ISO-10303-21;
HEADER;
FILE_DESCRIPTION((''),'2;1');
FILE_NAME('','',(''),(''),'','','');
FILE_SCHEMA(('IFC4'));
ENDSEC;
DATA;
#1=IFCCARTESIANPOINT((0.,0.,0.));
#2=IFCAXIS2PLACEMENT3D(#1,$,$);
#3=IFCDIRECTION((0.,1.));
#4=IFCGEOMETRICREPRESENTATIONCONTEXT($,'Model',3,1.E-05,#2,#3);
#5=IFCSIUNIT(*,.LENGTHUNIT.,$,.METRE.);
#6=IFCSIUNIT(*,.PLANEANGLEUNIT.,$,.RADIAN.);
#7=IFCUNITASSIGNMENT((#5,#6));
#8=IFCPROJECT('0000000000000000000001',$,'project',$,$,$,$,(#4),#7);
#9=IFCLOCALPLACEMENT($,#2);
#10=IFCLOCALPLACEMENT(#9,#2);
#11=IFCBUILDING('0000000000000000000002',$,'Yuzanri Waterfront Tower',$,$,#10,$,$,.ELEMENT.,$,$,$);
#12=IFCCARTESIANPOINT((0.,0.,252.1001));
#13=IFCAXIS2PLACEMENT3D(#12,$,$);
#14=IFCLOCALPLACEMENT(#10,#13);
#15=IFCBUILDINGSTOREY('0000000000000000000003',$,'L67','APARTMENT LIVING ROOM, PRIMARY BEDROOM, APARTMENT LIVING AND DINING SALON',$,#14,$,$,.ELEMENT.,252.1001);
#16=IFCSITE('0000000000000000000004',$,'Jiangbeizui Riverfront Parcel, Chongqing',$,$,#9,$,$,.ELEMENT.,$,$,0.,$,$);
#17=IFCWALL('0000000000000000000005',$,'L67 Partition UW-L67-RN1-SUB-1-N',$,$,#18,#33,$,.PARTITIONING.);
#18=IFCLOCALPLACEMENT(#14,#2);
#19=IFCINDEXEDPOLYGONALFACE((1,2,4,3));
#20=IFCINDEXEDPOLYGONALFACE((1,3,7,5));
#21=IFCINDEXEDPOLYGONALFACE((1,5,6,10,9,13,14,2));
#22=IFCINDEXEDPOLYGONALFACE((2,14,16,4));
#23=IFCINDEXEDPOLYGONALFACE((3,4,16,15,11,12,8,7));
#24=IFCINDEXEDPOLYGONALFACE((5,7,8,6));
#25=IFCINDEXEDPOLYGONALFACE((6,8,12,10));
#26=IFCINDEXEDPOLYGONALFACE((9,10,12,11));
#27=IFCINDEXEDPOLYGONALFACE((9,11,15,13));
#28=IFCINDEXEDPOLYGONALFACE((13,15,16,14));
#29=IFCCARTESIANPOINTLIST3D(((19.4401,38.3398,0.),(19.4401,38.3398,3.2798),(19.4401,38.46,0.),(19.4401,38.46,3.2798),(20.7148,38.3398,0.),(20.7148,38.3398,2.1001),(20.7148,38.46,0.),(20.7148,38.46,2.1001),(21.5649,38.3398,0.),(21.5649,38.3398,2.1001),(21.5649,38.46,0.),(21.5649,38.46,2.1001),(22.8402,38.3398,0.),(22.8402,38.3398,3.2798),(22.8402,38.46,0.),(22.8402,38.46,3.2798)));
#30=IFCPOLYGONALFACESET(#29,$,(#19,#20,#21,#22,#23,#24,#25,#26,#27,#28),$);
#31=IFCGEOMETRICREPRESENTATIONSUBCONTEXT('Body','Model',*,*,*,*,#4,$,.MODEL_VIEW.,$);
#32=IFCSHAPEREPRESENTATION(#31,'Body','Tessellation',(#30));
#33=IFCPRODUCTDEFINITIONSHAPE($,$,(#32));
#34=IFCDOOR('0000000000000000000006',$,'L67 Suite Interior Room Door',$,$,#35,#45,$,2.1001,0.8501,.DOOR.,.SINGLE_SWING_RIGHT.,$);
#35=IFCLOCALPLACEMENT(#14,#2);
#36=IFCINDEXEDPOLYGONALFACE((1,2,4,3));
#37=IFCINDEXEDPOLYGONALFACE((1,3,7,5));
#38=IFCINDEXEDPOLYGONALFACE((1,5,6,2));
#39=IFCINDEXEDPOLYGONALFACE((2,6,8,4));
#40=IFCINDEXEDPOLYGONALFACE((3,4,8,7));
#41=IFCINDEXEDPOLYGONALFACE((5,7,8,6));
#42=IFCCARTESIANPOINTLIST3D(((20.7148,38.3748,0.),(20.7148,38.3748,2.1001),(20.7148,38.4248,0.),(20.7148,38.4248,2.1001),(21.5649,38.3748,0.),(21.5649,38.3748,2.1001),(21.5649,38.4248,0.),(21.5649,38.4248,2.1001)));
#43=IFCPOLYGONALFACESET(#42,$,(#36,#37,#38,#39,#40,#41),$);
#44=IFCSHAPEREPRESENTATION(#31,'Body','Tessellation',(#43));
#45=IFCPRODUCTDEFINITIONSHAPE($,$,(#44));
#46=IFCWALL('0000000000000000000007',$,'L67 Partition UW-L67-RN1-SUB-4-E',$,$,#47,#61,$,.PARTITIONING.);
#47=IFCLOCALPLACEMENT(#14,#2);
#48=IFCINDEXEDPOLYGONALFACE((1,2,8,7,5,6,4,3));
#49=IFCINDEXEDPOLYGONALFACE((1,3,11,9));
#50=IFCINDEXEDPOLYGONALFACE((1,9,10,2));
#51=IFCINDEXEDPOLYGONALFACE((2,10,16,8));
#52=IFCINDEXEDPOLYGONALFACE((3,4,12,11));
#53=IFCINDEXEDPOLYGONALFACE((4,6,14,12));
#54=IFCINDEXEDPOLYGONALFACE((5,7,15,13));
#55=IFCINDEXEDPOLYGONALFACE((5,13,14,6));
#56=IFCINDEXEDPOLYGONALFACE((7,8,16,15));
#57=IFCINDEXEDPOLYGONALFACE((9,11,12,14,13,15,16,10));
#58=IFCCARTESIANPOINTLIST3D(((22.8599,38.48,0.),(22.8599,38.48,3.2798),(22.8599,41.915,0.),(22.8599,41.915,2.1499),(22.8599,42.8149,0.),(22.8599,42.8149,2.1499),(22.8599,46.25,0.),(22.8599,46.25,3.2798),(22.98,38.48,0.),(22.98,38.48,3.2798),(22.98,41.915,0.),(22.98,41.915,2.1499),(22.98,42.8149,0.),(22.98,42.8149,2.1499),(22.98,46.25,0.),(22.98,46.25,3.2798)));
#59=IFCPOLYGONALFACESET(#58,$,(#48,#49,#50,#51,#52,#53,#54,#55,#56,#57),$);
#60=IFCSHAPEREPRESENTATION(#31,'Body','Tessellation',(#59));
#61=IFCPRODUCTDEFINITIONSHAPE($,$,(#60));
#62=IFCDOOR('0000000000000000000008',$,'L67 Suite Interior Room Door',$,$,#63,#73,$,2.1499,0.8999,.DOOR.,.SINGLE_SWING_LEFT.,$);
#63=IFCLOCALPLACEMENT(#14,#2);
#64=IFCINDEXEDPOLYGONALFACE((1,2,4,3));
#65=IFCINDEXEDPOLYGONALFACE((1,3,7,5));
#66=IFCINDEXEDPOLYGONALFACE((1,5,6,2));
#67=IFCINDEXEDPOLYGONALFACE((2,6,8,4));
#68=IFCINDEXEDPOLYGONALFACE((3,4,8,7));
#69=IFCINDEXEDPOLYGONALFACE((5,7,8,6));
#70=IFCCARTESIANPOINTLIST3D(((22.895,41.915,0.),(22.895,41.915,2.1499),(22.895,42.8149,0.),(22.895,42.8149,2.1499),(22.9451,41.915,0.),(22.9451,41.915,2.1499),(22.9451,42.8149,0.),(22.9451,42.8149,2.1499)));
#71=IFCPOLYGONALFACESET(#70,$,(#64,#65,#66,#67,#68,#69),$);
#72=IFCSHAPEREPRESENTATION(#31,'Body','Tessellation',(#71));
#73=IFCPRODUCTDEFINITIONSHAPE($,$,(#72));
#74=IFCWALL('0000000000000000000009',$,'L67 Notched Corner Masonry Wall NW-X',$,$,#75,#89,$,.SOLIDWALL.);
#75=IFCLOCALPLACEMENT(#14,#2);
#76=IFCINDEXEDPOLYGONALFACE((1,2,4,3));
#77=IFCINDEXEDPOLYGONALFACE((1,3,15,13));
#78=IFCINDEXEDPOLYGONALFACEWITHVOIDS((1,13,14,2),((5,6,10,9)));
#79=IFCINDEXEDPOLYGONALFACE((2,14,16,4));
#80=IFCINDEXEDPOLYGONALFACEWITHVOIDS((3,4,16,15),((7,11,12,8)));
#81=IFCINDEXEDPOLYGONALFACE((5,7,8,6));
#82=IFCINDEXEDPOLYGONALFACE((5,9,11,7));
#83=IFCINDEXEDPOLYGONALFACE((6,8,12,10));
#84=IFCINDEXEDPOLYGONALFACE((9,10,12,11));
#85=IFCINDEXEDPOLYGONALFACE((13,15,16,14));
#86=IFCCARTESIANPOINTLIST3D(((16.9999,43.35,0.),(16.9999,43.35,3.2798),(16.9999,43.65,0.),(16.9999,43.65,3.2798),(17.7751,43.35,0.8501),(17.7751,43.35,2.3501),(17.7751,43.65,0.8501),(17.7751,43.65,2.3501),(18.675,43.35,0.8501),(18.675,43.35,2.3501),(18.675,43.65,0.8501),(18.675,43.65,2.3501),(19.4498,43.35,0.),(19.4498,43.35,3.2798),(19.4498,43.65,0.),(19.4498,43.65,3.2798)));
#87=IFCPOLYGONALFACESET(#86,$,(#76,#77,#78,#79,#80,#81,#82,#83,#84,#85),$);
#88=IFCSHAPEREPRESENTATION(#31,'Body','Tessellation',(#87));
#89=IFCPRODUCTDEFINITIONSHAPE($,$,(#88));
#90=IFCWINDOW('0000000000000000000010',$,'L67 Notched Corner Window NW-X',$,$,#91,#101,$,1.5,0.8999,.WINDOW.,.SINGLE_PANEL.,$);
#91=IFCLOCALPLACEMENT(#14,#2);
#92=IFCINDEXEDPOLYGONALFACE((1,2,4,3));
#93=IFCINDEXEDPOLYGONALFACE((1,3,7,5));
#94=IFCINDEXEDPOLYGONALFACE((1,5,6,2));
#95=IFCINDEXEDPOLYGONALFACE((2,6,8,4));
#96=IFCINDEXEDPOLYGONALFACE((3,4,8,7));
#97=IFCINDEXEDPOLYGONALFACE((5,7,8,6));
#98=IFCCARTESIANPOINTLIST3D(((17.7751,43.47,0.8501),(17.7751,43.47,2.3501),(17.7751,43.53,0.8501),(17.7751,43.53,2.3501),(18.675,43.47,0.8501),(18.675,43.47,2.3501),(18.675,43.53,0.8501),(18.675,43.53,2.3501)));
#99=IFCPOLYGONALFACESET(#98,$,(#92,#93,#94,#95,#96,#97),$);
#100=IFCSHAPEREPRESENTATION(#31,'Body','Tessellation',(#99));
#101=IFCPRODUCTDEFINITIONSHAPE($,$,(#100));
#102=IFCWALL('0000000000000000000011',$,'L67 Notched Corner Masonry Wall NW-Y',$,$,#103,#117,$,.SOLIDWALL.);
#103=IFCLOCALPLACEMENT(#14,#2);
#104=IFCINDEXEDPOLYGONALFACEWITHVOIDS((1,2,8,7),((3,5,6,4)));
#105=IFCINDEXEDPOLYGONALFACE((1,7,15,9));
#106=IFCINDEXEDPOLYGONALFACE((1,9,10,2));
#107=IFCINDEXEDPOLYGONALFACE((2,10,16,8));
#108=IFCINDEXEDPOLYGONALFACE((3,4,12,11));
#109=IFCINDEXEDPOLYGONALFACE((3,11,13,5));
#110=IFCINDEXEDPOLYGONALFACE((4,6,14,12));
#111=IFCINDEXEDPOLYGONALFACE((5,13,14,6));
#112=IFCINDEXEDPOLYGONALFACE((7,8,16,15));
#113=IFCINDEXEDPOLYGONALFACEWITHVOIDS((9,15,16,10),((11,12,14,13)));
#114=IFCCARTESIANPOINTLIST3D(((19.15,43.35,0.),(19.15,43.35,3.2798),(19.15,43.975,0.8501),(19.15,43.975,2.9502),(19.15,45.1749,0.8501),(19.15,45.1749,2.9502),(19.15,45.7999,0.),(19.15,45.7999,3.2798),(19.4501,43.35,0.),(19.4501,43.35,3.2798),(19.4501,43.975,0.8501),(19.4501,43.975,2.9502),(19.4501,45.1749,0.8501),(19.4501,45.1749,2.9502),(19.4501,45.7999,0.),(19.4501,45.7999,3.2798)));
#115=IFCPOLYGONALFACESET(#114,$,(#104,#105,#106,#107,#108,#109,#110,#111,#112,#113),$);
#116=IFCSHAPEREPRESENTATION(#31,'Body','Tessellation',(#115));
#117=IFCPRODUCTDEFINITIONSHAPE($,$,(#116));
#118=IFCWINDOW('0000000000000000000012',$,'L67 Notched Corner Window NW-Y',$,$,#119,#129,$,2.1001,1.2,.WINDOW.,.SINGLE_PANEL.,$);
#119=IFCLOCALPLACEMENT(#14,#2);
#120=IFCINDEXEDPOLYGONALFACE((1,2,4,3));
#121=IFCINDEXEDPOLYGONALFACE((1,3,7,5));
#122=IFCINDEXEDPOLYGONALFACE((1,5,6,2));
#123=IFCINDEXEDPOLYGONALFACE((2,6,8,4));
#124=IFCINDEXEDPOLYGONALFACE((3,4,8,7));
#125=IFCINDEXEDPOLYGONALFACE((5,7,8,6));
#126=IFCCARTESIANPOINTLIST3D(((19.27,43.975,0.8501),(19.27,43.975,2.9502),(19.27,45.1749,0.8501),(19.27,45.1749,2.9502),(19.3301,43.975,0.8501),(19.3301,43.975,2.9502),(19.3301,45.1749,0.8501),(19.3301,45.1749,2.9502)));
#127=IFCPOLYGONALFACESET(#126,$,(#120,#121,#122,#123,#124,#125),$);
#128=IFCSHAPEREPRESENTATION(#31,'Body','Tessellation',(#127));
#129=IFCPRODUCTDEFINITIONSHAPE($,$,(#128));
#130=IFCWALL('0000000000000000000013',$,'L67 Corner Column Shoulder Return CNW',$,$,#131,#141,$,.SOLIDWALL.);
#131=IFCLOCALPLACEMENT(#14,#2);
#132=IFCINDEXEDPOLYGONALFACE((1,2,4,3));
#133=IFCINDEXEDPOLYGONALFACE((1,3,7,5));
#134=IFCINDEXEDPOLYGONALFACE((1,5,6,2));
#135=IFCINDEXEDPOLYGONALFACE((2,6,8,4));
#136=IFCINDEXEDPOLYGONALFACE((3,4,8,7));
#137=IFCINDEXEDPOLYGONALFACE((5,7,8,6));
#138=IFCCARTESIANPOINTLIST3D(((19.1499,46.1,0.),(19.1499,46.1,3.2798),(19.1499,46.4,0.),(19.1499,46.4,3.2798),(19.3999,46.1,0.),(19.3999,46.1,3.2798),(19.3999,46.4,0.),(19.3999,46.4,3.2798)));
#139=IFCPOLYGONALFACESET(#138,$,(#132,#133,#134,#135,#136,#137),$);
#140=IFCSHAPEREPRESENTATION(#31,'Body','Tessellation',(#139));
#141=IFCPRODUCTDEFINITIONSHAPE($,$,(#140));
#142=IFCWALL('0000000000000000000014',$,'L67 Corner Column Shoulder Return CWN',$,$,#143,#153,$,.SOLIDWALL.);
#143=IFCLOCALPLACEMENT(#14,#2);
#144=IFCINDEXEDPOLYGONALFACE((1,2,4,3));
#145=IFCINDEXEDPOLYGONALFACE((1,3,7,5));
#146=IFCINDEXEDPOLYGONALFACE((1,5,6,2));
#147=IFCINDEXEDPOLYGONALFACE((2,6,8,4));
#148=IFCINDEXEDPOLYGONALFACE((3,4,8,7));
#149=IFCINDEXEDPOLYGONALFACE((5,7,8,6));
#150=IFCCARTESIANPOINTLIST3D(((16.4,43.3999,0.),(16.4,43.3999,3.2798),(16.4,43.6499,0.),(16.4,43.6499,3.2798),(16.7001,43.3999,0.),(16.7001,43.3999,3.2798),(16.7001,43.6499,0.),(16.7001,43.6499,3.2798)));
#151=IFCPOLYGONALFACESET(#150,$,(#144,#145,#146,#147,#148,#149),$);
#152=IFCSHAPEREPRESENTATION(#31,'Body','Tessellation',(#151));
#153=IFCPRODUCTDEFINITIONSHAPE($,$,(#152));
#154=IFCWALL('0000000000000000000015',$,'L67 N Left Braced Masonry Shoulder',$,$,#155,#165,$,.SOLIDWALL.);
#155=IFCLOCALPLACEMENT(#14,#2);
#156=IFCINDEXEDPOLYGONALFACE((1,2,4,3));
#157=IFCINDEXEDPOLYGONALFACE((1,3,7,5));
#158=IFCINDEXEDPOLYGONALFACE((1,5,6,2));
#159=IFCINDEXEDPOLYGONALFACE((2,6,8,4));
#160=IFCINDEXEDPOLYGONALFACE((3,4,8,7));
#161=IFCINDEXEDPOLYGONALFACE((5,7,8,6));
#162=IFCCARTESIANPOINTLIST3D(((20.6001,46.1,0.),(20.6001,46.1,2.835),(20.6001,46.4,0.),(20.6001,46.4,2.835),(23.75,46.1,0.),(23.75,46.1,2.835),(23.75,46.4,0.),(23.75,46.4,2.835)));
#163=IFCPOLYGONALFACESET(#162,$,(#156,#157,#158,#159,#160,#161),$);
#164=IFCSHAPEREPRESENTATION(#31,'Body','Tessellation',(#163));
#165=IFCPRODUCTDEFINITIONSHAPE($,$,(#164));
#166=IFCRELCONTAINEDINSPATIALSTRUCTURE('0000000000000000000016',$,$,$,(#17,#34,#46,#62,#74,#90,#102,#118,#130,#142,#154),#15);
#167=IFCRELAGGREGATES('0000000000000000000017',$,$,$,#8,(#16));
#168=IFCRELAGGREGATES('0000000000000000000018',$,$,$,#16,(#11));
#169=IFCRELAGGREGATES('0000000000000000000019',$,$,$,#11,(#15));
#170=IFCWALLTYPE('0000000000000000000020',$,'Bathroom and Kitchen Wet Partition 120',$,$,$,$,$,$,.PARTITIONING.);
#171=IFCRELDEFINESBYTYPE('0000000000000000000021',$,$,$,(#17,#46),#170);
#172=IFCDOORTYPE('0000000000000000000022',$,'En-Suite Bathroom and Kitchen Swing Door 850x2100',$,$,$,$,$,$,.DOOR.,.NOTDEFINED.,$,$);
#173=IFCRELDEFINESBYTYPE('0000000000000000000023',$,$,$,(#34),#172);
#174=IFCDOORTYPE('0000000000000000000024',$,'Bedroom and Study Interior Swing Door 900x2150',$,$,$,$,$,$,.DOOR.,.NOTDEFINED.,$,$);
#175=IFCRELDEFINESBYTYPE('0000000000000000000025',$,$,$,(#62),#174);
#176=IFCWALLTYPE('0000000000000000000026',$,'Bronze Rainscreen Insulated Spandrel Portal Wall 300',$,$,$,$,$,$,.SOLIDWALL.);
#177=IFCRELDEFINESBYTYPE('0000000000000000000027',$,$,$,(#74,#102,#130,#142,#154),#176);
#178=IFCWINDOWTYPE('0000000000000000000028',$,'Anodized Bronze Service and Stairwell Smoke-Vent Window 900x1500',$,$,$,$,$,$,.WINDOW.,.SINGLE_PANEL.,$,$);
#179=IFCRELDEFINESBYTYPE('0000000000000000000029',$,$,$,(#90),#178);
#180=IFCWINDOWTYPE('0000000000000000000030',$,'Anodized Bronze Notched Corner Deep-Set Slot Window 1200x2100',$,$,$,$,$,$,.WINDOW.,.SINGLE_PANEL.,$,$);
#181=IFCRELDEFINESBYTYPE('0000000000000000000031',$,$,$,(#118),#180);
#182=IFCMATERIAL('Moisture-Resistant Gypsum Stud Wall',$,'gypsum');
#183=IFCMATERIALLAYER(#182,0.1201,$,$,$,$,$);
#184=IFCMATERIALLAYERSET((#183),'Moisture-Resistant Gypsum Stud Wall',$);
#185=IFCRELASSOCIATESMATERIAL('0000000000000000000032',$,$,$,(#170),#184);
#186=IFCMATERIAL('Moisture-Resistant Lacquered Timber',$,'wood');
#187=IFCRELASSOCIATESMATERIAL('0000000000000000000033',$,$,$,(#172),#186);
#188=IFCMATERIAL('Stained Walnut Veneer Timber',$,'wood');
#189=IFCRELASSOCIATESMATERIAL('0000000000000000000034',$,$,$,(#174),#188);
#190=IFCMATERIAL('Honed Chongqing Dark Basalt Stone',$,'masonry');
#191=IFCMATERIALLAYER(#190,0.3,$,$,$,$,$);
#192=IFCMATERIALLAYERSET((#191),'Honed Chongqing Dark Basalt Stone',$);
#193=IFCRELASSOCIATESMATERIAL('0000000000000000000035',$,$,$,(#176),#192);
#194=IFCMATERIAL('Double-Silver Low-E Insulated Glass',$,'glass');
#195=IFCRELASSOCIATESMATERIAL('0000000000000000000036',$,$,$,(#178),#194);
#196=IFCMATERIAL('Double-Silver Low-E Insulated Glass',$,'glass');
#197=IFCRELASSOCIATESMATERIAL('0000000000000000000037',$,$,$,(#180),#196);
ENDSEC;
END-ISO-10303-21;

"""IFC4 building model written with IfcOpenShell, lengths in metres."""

from ifc_helpers import new_model, si_unit, direction, frame, frame_2d, origin, place, context, subcontext, project, spatial, rectangle, extrude, source, transform, mapped, material, layer, layer_set, type_object, element, fill, save


model = new_model("IFC4")

# Units and contexts
model_context = context("Model", 3, precision=1e-05, world=origin(), true_north=direction((0.0, 1.0)))
body_context = subcontext(model_context, "Body", "Model", "MODEL_VIEW")
ifc_project = project(units=[si_unit("LENGTHUNIT", "METRE"), si_unit("PLANEANGLEUNIT", "RADIAN")], contexts=[model_context])

# Site, building, storey
site_placement = place(None, origin())
site = spatial("IfcSite", under=ifc_project, at=site_placement, Name="Jiangbeizui Riverfront Parcel, Chongqing", CompositionType="ELEMENT", RefElevation=0.0)
building_placement = place(site_placement, origin())
building = spatial("IfcBuilding", under=site, at=building_placement, Name="Yuzanri Waterfront Tower", CompositionType="ELEMENT")
storey_placement = place(building_placement, frame((0.0, 0.0, 252.1001)))
storey = spatial("IfcBuildingStorey", under=building, at=storey_placement, Name="L67", Description="APARTMENT LIVING ROOM, PRIMARY BEDROOM, APARTMENT LIVING AND DINING SALON", CompositionType="ELEMENT", Elevation=252.1001)

# Walls, openings, doors
ifc_material_1 = material(Name="Moisture-Resistant Gypsum Stud Wall", Category="gypsum")
ifc_layer_1 = layer(ifc_material_1, 0.1201)
ifc_layer_set_1 = layer_set([ifc_layer_1], Name="Moisture-Resistant Gypsum Stud Wall")
wall_type_1 = type_object("IfcWallType", Name="Bathroom and Kitchen Wet Partition 120", PredefinedType="PARTITIONING", material=ifc_layer_set_1)
wall_1_placement = place(storey_placement, frame((19.4399, 38.3999, 0.0), z_axis=(0.0, 0.0, 1.0), x_axis=(1.0, 0.0, 0.0)))
wall_1 = element("IfcWall", 1, at=wall_1_placement, inside=storey, type_object=wall_type_1, Name="L67 Partition UW-L67-RN1-SUB-1-N", PredefinedType="PARTITIONING", context=body_context, shape_type="SweptSolid", body=[
    extrude(rectangle(XDim=3.4001, YDim=0.1201, at=frame_2d((1.7002, 0.0))), origin(), (0.0, 0.0, 1.0), 3.2798),
])
opening_1_placement = place(wall_1_placement, frame((1.2749, 0.0, 0.0)))
opening_1 = element("IfcOpeningElement", 2, at=opening_1_placement, cuts=wall_1, PredefinedType="OPENING", context=body_context, shape_type="SweptSolid", body=[
    extrude(rectangle(XDim=0.8501, YDim=2.1001, at=frame_2d((0.425, 1.05))), frame((0.0, 0.075, 0.0), z_axis=(0.0, -1.0, 0.0), x_axis=(1.0, 0.0, 0.0)), (0.0, 0.0, 1.0), 0.1499),
])
ifc_material_2 = material(Name="Moisture-Resistant Lacquered Timber", Category="wood")
door_type_1 = type_object("IfcDoorType", Name="En-Suite Bathroom and Kitchen Swing Door 850x2100", OperationType="NOTDEFINED", PredefinedType="DOOR", material=ifc_material_2)
shared_shape_1 = source(origin(), body_context, "Body", "SweptSolid", [
    extrude(rectangle(XDim=0.8501, YDim=2.1001, at=frame_2d((0.425, 1.05))), frame((0.0, 0.0249, 0.0), z_axis=(0.0, -1.0, 0.0), x_axis=(1.0, 0.0, 0.0)), (0.0, 0.0, 1.0), 0.05),
])
door_1_placement = place(opening_1_placement, origin())
door_1 = element("IfcDoor", 3, at=door_1_placement, inside=storey, type_object=door_type_1, Name="L67 Suite Interior Room Door", OperationType="SINGLE_SWING_RIGHT", OverallHeight=2.1001, OverallWidth=0.8501, PredefinedType="DOOR", context=body_context, shape_type="MappedRepresentation", body=[
    mapped(shared_shape_1, transform((0.0, 0.0, 0.0), scale=1.0)),
])
fill(opening_1, door_1)
wall_2_placement = place(storey_placement, frame((22.9199, 38.48, 0.0), z_axis=(0.0, 0.0, 1.0), x_axis=(0.0, 1.0, 0.0)))
wall_2 = element("IfcWall", 4, at=wall_2_placement, inside=storey, type_object=wall_type_1, Name="L67 Partition UW-L67-RN1-SUB-4-E", PredefinedType="PARTITIONING", context=body_context, shape_type="SweptSolid", body=[
    extrude(rectangle(XDim=7.77, YDim=0.1201, at=frame_2d((3.885, 0.0))), origin(), (0.0, 0.0, 1.0), 3.2798),
])
opening_2_placement = place(wall_2_placement, frame((3.4351, 0.0, 0.0)))
opening_2 = element("IfcOpeningElement", 5, at=opening_2_placement, cuts=wall_2, PredefinedType="OPENING", context=body_context, shape_type="SweptSolid", body=[
    extrude(rectangle(XDim=0.8999, YDim=2.1499, at=frame_2d((0.45, 1.075))), frame((0.0, 0.075, 0.0), z_axis=(0.0, -1.0, 0.0), x_axis=(1.0, 0.0, 0.0)), (0.0, 0.0, 1.0), 0.1499),
])
ifc_material_3 = material(Name="Stained Walnut Veneer Timber", Category="wood")
door_type_2 = type_object("IfcDoorType", Name="Bedroom and Study Interior Swing Door 900x2150", OperationType="NOTDEFINED", PredefinedType="DOOR", material=ifc_material_3)
shared_shape_2 = source(origin(), body_context, "Body", "SweptSolid", [
    extrude(rectangle(XDim=0.8999, YDim=2.1499, at=frame_2d((0.45, 1.075))), frame((0.0, 0.0249, 0.0), z_axis=(0.0, -1.0, 0.0), x_axis=(1.0, 0.0, 0.0)), (0.0, 0.0, 1.0), 0.05),
])
door_2_placement = place(opening_2_placement, origin())
door_2 = element("IfcDoor", 6, at=door_2_placement, inside=storey, type_object=door_type_2, Name="L67 Suite Interior Room Door", OperationType="SINGLE_SWING_LEFT", OverallHeight=2.1499, OverallWidth=0.8999, PredefinedType="DOOR", context=body_context, shape_type="MappedRepresentation", body=[
    mapped(shared_shape_2, transform((0.0, 0.0, 0.0), scale=1.0)),
])
fill(opening_2, door_2)

# Walls, openings, windows
ifc_material_4 = material(Name="Honed Chongqing Dark Basalt Stone", Category="masonry")
ifc_layer_2 = layer(ifc_material_4, 0.3)
ifc_layer_set_2 = layer_set([ifc_layer_2], Name="Honed Chongqing Dark Basalt Stone")
wall_type_2 = type_object("IfcWallType", Name="Bronze Rainscreen Insulated Spandrel Portal Wall 300", PredefinedType="SOLIDWALL", material=ifc_layer_set_2)
wall_3_placement = place(storey_placement, frame((19.45, 43.5, 0.0), z_axis=(0.0, 0.0, 1.0), x_axis=(-1.0, 0.0, 0.0)))
wall_3 = element("IfcWall", 7, at=wall_3_placement, inside=storey, type_object=wall_type_2, Name="L67 Notched Corner Masonry Wall NW-X", PredefinedType="SOLIDWALL", context=body_context, shape_type="SweptSolid", body=[
    extrude(rectangle(XDim=2.45, YDim=0.3, at=frame_2d((1.2251, 0.0))), origin(), (0.0, 0.0, 1.0), 3.2798),
])
opening_3_placement = place(wall_3_placement, frame((0.7749, 0.0, 0.8501)))
opening_3 = element("IfcOpeningElement", 8, at=opening_3_placement, cuts=wall_3, PredefinedType="OPENING", context=body_context, shape_type="SweptSolid", body=[
    extrude(rectangle(XDim=0.8999, YDim=1.5, at=frame_2d((0.45, 0.75))), frame((0.0, 0.165, 0.0), z_axis=(0.0, -1.0, 0.0), x_axis=(1.0, 0.0, 0.0)), (0.0, 0.0, 1.0), 0.3298),
])
ifc_material_5 = material(Name="Double-Silver Low-E Insulated Glass", Category="glass")
window_type_1 = type_object("IfcWindowType", Name="Anodized Bronze Service and Stairwell Smoke-Vent Window 900x1500", PartitioningType="SINGLE_PANEL", PredefinedType="WINDOW", material=ifc_material_5)
shared_shape_3 = source(origin(), body_context, "Body", "SweptSolid", [
    extrude(rectangle(XDim=0.8999, YDim=1.5, at=frame_2d((0.45, 0.75))), frame((0.0, 0.03, 0.0), z_axis=(0.0, -1.0, 0.0), x_axis=(1.0, 0.0, 0.0)), (0.0, 0.0, 1.0), 0.0601),
])
window_1_placement = place(opening_3_placement, origin())
window_1 = element("IfcWindow", 9, at=window_1_placement, inside=storey, type_object=window_type_1, Name="L67 Notched Corner Window NW-X", OverallHeight=1.5, OverallWidth=0.8999, PartitioningType="SINGLE_PANEL", PredefinedType="WINDOW", context=body_context, shape_type="MappedRepresentation", body=[
    mapped(shared_shape_3, transform((0.0, 0.0, 0.0), scale=1.0)),
])
fill(opening_3, window_1)
wall_4_placement = place(storey_placement, frame((19.3, 45.8, 0.0), z_axis=(0.0, 0.0, 1.0), x_axis=(0.0, -1.0, 0.0)))
wall_4 = element("IfcWall", 10, at=wall_4_placement, inside=storey, type_object=wall_type_2, Name="L67 Notched Corner Masonry Wall NW-Y", PredefinedType="SOLIDWALL", context=body_context, shape_type="SweptSolid", body=[
    extrude(rectangle(XDim=2.45, YDim=0.3, at=frame_2d((1.2251, 0.0))), origin(), (0.0, 0.0, 1.0), 3.2798),
])
opening_4_placement = place(wall_4_placement, frame((0.625, 0.0, 0.8501)))
opening_4 = element("IfcOpeningElement", 11, at=opening_4_placement, cuts=wall_4, PredefinedType="OPENING", context=body_context, shape_type="SweptSolid", body=[
    extrude(rectangle(XDim=1.2, YDim=2.1001, at=frame_2d((0.6001, 1.05))), frame((0.0, 0.165, 0.0), z_axis=(0.0, -1.0, 0.0), x_axis=(1.0, 0.0, 0.0)), (0.0, 0.0, 1.0), 0.3298),
])
ifc_material_6 = material(Name="Double-Silver Low-E Insulated Glass", Category="glass")
window_type_2 = type_object("IfcWindowType", Name="Anodized Bronze Notched Corner Deep-Set Slot Window 1200x2100", PartitioningType="SINGLE_PANEL", PredefinedType="WINDOW", material=ifc_material_6)
shared_shape_4 = source(origin(), body_context, "Body", "SweptSolid", [
    extrude(rectangle(XDim=1.2, YDim=2.1001, at=frame_2d((0.6001, 1.05))), frame((0.0, 0.03, 0.0), z_axis=(0.0, -1.0, 0.0), x_axis=(1.0, 0.0, 0.0)), (0.0, 0.0, 1.0), 0.0601),
])
window_2_placement = place(opening_4_placement, origin())
window_2 = element("IfcWindow", 12, at=window_2_placement, inside=storey, type_object=window_type_2, Name="L67 Notched Corner Window NW-Y", OverallHeight=2.1001, OverallWidth=1.2, PartitioningType="SINGLE_PANEL", PredefinedType="WINDOW", context=body_context, shape_type="MappedRepresentation", body=[
    mapped(shared_shape_4, transform((0.0, 0.0, 0.0), scale=1.0)),
])
fill(opening_4, window_2)

# Walls
shared_shape_5 = source(origin(), body_context, "Body", "SweptSolid", [
    extrude(rectangle(XDim=0.25, YDim=0.3, at=frame_2d((0.125, 0.0))), origin(), (0.0, 0.0, 1.0), 3.2798),
])
for number, where, z_axis, x_axis, name in (
    (13, (19.1499, 46.25, 0.0), (0.0, 0.0, 1.0), (1.0, 0.0, 0.0), "L67 Corner Column Shoulder Return CNW"),
    (14, (16.55, 43.3999, 0.0), (0.0, 0.0, 1.0), (0.0, 1.0, 0.0), "L67 Corner Column Shoulder Return CWN"),
):
    element("IfcWall", number, at=place(storey_placement, frame(where, z_axis=z_axis, x_axis=x_axis)), inside=storey, type_object=wall_type_2, Name=name, PredefinedType="SOLIDWALL", context=body_context, shape_type="MappedRepresentation", body=[
        mapped(shared_shape_5, transform((0.0, 0.0, 0.0), scale=1.0)),
    ])
shared_shape_6 = source(origin(), body_context, "Body", "SweptSolid", [
    extrude(rectangle(XDim=3.1499, YDim=0.3, at=frame_2d((1.575, 0.0))), origin(), (0.0, 0.0, 1.0), 2.835),
])
for number, where, z_axis, x_axis, name in (
    (15, (20.6001, 46.25, 0.0), (0.0, 0.0, 1.0), (1.0, 0.0, 0.0), "L67 N Left Braced Masonry Shoulder"),
):
    element("IfcWall", number, at=place(storey_placement, frame(where, z_axis=z_axis, x_axis=x_axis)), inside=storey, type_object=wall_type_2, Name=name, PredefinedType="SOLIDWALL", context=body_context, shape_type="MappedRepresentation", body=[
        mapped(shared_shape_6, transform((0.0, 0.0, 0.0), scale=1.0)),
    ])

save(model, "model.ifc")
